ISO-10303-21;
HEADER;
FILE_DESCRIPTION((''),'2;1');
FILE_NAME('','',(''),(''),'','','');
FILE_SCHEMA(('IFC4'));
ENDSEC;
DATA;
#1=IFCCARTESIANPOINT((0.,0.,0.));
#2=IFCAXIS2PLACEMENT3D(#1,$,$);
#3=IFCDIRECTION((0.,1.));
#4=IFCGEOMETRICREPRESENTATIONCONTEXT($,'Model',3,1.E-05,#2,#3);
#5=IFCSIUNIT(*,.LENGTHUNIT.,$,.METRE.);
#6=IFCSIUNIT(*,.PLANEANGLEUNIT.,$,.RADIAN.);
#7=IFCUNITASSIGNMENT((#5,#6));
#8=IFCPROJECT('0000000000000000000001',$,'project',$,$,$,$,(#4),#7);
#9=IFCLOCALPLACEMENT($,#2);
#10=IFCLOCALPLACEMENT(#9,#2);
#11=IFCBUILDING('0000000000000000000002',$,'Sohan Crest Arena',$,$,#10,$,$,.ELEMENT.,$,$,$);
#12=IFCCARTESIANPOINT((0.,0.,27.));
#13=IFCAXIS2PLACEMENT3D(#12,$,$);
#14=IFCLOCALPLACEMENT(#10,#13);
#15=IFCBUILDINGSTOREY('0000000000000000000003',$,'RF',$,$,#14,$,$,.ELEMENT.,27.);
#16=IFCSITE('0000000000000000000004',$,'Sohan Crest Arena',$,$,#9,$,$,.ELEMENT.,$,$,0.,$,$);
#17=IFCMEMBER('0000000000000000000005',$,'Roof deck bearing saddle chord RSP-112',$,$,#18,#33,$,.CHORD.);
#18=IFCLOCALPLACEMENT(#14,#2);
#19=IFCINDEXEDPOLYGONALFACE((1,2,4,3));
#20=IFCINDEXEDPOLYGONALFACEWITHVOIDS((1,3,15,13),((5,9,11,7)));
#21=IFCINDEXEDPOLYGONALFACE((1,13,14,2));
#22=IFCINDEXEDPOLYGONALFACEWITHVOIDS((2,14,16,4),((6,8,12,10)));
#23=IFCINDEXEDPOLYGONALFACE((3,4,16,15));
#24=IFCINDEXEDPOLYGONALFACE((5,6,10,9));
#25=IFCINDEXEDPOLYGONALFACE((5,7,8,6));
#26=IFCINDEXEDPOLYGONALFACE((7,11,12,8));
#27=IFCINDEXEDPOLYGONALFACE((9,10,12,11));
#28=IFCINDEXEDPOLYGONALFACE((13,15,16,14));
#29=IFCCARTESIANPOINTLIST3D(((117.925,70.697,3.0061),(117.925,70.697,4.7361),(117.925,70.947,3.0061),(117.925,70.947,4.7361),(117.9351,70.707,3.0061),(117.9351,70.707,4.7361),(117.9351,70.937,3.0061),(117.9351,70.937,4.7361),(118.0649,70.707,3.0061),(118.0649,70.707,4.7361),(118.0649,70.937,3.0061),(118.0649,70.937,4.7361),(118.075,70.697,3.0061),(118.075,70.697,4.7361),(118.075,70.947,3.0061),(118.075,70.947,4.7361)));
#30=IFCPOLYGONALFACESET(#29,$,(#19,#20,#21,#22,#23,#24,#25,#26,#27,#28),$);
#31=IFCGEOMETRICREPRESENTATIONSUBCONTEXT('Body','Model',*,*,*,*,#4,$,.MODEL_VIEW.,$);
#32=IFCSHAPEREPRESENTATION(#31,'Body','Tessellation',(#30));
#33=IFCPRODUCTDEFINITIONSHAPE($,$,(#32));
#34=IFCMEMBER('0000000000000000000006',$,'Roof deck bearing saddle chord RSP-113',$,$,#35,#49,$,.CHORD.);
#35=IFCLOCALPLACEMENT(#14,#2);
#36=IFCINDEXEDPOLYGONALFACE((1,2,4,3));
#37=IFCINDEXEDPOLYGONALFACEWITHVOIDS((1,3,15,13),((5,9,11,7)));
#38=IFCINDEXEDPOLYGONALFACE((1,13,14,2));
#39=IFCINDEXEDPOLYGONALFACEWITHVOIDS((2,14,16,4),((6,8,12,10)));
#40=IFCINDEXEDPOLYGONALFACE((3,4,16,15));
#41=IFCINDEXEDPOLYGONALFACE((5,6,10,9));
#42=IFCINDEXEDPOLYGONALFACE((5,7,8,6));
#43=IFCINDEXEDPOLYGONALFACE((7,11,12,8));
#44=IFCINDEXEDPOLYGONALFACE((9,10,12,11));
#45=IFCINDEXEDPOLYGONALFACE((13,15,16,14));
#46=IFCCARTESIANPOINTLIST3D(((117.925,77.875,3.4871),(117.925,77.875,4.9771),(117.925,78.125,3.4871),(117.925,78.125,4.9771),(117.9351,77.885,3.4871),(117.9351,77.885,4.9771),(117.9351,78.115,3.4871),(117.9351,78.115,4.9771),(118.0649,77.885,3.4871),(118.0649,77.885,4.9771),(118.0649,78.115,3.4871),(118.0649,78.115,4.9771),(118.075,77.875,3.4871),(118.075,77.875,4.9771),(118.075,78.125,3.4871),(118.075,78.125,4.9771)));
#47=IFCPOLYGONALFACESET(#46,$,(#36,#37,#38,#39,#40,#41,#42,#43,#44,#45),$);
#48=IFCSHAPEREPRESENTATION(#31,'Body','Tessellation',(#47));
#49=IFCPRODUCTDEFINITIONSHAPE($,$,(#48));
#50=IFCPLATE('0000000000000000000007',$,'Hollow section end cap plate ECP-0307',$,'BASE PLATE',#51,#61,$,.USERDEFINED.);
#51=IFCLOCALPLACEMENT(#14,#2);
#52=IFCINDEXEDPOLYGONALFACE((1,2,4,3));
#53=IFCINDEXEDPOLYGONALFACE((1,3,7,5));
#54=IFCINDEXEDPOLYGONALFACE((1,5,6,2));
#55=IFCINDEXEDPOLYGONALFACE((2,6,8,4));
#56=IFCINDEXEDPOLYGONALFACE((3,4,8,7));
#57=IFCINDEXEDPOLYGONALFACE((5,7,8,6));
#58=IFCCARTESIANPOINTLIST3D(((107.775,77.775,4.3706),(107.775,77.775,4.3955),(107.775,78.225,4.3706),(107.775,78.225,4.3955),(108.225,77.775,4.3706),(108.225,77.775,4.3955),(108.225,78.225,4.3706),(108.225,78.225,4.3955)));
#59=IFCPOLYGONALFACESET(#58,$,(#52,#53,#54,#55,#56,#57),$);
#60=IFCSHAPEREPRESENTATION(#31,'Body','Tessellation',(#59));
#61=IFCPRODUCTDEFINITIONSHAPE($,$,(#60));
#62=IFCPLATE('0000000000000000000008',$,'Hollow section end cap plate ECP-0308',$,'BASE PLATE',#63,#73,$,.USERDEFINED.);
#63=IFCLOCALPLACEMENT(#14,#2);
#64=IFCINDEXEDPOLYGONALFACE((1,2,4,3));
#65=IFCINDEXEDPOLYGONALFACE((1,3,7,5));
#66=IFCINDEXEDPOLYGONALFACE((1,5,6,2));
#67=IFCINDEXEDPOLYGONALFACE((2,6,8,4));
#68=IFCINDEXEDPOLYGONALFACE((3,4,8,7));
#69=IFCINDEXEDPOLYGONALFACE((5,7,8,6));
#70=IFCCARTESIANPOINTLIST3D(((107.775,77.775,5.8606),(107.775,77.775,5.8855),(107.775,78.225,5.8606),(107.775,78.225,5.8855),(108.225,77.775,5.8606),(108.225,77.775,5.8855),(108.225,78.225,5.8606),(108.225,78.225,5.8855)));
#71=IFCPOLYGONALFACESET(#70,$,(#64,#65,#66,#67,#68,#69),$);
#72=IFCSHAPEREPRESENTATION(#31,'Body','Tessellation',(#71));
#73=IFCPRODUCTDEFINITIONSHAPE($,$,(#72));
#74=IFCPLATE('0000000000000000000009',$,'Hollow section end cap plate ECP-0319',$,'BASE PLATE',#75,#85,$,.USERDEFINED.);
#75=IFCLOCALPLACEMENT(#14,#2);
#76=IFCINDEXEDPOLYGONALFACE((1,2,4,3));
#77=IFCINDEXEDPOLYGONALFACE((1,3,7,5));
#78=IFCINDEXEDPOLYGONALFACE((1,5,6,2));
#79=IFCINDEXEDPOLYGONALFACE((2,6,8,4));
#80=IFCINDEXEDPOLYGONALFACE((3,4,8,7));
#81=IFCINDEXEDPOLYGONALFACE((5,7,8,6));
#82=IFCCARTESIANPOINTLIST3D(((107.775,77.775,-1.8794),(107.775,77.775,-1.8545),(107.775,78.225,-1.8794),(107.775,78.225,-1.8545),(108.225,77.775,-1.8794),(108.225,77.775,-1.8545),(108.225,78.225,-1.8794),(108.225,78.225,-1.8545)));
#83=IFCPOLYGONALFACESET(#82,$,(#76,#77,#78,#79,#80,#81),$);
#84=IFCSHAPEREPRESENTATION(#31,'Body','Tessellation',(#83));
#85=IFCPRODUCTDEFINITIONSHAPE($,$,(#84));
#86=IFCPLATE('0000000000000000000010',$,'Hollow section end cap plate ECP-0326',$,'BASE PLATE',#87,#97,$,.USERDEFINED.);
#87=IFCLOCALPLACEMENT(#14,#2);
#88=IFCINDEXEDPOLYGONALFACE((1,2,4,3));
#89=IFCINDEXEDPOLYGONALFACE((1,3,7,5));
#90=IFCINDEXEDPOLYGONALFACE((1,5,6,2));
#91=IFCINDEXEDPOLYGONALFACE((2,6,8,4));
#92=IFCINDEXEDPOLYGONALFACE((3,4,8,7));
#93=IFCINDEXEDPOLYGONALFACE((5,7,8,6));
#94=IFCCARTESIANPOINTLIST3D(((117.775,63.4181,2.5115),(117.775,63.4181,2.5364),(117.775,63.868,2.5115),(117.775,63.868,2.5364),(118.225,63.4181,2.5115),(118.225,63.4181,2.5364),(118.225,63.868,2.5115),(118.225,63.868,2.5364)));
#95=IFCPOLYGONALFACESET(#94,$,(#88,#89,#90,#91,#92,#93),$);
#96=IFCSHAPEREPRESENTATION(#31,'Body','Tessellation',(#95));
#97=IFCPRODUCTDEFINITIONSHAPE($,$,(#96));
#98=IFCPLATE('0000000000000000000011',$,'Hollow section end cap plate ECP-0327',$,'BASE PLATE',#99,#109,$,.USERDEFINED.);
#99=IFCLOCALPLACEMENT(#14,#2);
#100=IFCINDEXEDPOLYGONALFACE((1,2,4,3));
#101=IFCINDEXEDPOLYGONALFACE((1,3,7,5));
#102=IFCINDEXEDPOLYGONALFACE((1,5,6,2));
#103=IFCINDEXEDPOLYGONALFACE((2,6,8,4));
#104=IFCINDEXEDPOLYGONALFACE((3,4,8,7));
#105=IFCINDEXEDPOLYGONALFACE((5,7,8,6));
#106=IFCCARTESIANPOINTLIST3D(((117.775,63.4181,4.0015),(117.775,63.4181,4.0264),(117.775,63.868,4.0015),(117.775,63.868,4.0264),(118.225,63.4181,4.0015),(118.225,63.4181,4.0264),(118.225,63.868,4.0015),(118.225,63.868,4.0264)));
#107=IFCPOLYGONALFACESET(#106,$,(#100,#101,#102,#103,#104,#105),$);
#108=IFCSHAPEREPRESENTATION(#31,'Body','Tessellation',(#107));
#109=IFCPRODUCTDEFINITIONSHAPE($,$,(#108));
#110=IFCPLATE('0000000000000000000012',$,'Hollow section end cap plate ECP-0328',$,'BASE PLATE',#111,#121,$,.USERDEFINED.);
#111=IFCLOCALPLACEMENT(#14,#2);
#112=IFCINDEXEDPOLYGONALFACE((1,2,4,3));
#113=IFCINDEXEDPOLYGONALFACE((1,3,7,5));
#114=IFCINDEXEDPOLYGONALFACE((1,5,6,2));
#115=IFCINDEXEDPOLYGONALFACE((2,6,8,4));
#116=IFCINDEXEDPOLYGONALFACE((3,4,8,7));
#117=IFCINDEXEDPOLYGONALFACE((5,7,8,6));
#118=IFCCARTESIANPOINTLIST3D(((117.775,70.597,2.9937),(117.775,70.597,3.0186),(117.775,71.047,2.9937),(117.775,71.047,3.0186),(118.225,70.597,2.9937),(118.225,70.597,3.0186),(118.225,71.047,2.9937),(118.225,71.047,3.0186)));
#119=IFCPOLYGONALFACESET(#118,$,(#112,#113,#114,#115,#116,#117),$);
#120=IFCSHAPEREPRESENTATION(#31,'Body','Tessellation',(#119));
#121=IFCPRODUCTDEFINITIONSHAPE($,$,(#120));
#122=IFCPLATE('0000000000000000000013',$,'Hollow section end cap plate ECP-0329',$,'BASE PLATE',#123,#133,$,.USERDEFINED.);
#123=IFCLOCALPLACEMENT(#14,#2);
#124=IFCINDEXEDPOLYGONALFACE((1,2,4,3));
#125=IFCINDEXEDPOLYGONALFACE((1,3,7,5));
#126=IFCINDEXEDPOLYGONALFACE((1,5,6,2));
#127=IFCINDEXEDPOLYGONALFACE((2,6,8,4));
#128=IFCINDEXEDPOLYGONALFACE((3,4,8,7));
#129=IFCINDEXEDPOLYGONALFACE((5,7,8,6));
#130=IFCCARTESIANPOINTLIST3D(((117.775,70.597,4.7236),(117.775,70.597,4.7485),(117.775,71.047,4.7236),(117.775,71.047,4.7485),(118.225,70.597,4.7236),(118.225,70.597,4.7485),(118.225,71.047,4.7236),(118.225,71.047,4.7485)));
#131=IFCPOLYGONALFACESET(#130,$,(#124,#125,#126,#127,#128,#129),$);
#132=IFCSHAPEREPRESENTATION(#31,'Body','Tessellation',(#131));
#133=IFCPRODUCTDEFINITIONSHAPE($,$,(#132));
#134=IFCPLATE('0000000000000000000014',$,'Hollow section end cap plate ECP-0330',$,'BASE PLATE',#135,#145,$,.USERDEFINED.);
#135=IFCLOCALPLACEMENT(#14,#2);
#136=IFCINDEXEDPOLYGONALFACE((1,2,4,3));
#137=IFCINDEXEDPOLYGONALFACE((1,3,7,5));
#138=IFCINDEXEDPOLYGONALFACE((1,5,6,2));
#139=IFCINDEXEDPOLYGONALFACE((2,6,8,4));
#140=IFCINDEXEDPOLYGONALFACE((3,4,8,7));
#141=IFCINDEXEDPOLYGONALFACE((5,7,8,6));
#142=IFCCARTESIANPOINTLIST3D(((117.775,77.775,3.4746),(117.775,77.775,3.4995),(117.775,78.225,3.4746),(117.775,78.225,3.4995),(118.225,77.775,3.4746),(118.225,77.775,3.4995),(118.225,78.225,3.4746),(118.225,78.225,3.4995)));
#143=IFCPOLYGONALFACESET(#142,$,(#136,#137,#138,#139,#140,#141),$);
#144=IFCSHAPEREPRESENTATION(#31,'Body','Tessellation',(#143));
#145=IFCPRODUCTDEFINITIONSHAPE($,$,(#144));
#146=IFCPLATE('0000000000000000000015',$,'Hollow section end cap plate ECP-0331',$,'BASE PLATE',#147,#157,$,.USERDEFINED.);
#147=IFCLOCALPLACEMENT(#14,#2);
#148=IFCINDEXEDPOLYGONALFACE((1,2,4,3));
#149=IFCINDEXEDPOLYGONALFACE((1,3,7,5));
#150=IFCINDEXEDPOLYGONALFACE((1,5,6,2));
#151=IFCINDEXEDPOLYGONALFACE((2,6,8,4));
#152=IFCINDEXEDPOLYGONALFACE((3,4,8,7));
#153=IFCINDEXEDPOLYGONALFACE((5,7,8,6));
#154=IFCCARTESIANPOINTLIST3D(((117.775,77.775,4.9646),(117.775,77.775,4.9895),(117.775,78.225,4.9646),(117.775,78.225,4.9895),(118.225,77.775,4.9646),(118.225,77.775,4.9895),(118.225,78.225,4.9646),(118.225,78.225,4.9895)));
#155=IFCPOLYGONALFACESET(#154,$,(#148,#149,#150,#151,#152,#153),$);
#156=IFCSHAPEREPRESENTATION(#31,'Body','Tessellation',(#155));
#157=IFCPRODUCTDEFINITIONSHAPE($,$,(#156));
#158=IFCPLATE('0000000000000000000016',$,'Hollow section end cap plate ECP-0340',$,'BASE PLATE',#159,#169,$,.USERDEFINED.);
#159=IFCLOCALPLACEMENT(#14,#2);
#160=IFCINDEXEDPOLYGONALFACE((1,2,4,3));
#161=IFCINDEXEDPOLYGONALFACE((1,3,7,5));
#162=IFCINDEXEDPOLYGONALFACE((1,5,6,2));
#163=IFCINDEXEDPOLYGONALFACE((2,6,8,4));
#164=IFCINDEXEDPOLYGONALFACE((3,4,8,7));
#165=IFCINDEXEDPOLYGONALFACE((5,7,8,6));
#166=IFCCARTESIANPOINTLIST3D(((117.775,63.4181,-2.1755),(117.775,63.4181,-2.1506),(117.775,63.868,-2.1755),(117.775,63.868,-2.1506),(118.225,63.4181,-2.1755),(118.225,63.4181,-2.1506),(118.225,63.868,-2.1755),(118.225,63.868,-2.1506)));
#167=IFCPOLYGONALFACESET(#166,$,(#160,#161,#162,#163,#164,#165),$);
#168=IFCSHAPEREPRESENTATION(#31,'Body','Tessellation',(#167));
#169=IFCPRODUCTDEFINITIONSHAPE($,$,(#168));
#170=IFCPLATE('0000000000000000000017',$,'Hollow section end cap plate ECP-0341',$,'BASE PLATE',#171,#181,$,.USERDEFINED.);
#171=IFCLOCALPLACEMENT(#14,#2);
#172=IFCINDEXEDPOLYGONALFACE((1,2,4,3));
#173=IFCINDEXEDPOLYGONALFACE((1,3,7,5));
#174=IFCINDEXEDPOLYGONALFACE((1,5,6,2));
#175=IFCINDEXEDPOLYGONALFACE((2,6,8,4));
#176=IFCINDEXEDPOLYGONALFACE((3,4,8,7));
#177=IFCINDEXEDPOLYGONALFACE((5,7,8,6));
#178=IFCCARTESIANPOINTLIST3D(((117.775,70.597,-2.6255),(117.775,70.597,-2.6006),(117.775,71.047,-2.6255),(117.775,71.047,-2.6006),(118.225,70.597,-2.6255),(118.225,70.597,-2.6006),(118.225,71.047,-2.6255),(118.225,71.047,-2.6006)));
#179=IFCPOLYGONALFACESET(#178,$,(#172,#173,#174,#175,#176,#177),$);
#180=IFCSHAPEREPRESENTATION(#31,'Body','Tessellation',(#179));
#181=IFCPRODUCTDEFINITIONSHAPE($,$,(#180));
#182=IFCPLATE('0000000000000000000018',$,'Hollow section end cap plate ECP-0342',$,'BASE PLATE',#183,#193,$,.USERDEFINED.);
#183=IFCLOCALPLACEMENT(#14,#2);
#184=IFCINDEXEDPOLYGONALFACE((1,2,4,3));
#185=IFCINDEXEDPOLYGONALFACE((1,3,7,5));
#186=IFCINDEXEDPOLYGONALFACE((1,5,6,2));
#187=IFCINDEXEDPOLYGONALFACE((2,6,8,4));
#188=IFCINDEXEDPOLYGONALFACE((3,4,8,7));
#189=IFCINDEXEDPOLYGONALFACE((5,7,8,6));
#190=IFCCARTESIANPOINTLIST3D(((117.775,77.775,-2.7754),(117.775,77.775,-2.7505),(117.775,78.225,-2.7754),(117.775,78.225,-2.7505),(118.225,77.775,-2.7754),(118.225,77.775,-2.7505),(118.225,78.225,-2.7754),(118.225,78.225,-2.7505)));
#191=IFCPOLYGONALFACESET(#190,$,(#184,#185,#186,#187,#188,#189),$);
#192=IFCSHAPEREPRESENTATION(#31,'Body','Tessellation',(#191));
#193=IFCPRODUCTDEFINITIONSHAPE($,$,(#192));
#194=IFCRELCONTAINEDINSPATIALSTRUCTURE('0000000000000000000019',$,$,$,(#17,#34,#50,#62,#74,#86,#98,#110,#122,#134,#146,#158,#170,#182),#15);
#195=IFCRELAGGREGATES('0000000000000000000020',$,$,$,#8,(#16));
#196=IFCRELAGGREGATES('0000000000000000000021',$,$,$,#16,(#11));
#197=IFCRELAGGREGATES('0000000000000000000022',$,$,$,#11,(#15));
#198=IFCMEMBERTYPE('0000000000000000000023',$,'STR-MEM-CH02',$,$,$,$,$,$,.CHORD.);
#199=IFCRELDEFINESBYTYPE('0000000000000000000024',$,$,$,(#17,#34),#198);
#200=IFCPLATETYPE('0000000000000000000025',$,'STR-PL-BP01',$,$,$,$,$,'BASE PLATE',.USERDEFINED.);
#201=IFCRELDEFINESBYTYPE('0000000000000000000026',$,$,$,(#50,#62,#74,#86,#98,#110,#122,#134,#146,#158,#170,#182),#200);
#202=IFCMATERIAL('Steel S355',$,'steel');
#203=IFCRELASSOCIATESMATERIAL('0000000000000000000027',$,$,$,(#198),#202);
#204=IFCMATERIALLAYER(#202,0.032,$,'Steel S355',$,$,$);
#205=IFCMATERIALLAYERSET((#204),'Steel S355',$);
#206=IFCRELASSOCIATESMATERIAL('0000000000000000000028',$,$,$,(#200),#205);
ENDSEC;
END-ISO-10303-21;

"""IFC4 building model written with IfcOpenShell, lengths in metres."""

from ifc_helpers import new_model, si_unit, direction, frame, origin, origin_2d, place, context, subcontext, project, spatial, rectangle, hollow_rectangle, extrude, material, layer, layer_set, material_profile, profile_set, type_object, element, save


model = new_model("IFC4")

# Units and contexts
model_context = context("Model", 3, precision=1e-05, world=origin(), true_north=direction((0.0, 1.0)))
body_context = subcontext(model_context, "Body", "Model", "MODEL_VIEW")
ifc_project = project(units=[si_unit("LENGTHUNIT", "METRE"), si_unit("PLANEANGLEUNIT", "RADIAN")], contexts=[model_context])

# Site, building, storey
site_placement = place(None, origin())
site = spatial("IfcSite", under=ifc_project, at=site_placement, Name="Sohan Crest Arena", CompositionType="ELEMENT", RefElevation=0.0)
building_placement = place(site_placement, origin())
building = spatial("IfcBuilding", under=site, at=building_placement, Name="Sohan Crest Arena", CompositionType="ELEMENT")
storey_placement = place(building_placement, frame((0.0, 0.0, 27.0)))
storey = spatial("IfcBuildingStorey", under=building, at=storey_placement, Name="RF", CompositionType="ELEMENT", Elevation=27.0)

# Shared definitions
ifc_material_1 = material(Name="Steel S355", Category="steel")

# Members
ifc_material_profile_1 = material_profile(ifc_material_1, hollow_rectangle(XDim=0.1499, YDim=0.25, WallThickness=0.01, at=origin_2d()), Name="RHS 250x150x10")
ifc_profile_set_1 = profile_set([ifc_material_profile_1], Name="Steel S355")
member_type_1 = type_object("IfcMemberType", Name="STR-MEM-CH02", PredefinedType="CHORD", material=ifc_profile_set_1)
member_1_placement = place(storey_placement, frame((118.0, 70.822, 3.0061), z_axis=(0.0, 0.0, 1.0), x_axis=(1.0, 0.0, 0.0)))
element("IfcMember", 1, at=member_1_placement, inside=storey, type_object=member_type_1, Name="Roof deck bearing saddle chord RSP-112", PredefinedType="CHORD", context=body_context, shape_type="SweptSolid", body=[
    extrude(hollow_rectangle(XDim=0.1499, YDim=0.25, WallThickness=0.01, at=origin_2d()), origin(), (0.0, 0.0, 1.0), 1.73),
])
member_2_placement = place(storey_placement, frame((118.0, 78.0, 3.4871), z_axis=(0.0, 0.0, 1.0), x_axis=(1.0, 0.0, 0.0)))
element("IfcMember", 2, at=member_2_placement, inside=storey, type_object=member_type_1, Name="Roof deck bearing saddle chord RSP-113", PredefinedType="CHORD", context=body_context, shape_type="SweptSolid", body=[
    extrude(hollow_rectangle(XDim=0.1499, YDim=0.25, WallThickness=0.01, at=origin_2d()), origin(), (0.0, 0.0, 1.0), 1.49),
])

# Plates
ifc_layer = layer(ifc_material_1, 0.032, Name="Steel S355")
ifc_layer_set = layer_set([ifc_layer], Name="Steel S355")
plate_type = type_object("IfcPlateType", Name="STR-PL-BP01", ElementType="BASE PLATE", PredefinedType="USERDEFINED", material=ifc_layer_set)
for number, where, z_axis, x_axis, name in (
    (3, (108.0, 78.0, 4.3706), (0.0, 0.0, 1.0), (1.0, 0.0, 0.0), "Hollow section end cap plate ECP-0307"),
    (4, (108.0, 78.0, 5.8606), (0.0, 0.0, 1.0), (1.0, 0.0, 0.0), "Hollow section end cap plate ECP-0308"),
    (5, (108.0, 78.0, -1.8794), (0.0, 0.0, 1.0), (1.0, 0.0, 0.0), "Hollow section end cap plate ECP-0319"),
    (6, (118.0, 63.6431, 2.5115), (0.0, 0.0, 1.0), (1.0, 0.0, 0.0), "Hollow section end cap plate ECP-0326"),
    (7, (118.0, 63.6431, 4.0015), (0.0, 0.0, 1.0), (1.0, 0.0, 0.0), "Hollow section end cap plate ECP-0327"),
    (8, (118.0, 70.822, 2.9937), (0.0, 0.0, 1.0), (1.0, 0.0, 0.0), "Hollow section end cap plate ECP-0328"),
    (9, (118.0, 70.822, 4.7236), (0.0, 0.0, 1.0), (1.0, 0.0, 0.0), "Hollow section end cap plate ECP-0329"),
    (10, (118.0, 78.0, 3.4746), (0.0, 0.0, 1.0), (1.0, 0.0, 0.0), "Hollow section end cap plate ECP-0330"),
    (11, (118.0, 78.0, 4.9646), (0.0, 0.0, 1.0), (1.0, 0.0, 0.0), "Hollow section end cap plate ECP-0331"),
    (12, (118.0, 63.6431, -2.1755), (0.0, 0.0, 1.0), (1.0, 0.0, 0.0), "Hollow section end cap plate ECP-0340"),
    (13, (118.0, 70.822, -2.6255), (0.0, 0.0, 1.0), (1.0, 0.0, 0.0), "Hollow section end cap plate ECP-0341"),
    (14, (118.0, 78.0, -2.7754), (0.0, 0.0, 1.0), (1.0, 0.0, 0.0), "Hollow section end cap plate ECP-0342"),
):
    element("IfcPlate", number, at=place(storey_placement, frame(where, z_axis=z_axis, x_axis=x_axis)), inside=storey, type_object=plate_type, Name=name, ObjectType="BASE PLATE", PredefinedType="USERDEFINED", context=body_context, shape_type="SweptSolid", body=[
        extrude(rectangle(XDim=0.45, YDim=0.45, at=origin_2d()), origin(), (0.0, 0.0, 1.0), 0.0249),
    ])

save(model, "model.ifc")
